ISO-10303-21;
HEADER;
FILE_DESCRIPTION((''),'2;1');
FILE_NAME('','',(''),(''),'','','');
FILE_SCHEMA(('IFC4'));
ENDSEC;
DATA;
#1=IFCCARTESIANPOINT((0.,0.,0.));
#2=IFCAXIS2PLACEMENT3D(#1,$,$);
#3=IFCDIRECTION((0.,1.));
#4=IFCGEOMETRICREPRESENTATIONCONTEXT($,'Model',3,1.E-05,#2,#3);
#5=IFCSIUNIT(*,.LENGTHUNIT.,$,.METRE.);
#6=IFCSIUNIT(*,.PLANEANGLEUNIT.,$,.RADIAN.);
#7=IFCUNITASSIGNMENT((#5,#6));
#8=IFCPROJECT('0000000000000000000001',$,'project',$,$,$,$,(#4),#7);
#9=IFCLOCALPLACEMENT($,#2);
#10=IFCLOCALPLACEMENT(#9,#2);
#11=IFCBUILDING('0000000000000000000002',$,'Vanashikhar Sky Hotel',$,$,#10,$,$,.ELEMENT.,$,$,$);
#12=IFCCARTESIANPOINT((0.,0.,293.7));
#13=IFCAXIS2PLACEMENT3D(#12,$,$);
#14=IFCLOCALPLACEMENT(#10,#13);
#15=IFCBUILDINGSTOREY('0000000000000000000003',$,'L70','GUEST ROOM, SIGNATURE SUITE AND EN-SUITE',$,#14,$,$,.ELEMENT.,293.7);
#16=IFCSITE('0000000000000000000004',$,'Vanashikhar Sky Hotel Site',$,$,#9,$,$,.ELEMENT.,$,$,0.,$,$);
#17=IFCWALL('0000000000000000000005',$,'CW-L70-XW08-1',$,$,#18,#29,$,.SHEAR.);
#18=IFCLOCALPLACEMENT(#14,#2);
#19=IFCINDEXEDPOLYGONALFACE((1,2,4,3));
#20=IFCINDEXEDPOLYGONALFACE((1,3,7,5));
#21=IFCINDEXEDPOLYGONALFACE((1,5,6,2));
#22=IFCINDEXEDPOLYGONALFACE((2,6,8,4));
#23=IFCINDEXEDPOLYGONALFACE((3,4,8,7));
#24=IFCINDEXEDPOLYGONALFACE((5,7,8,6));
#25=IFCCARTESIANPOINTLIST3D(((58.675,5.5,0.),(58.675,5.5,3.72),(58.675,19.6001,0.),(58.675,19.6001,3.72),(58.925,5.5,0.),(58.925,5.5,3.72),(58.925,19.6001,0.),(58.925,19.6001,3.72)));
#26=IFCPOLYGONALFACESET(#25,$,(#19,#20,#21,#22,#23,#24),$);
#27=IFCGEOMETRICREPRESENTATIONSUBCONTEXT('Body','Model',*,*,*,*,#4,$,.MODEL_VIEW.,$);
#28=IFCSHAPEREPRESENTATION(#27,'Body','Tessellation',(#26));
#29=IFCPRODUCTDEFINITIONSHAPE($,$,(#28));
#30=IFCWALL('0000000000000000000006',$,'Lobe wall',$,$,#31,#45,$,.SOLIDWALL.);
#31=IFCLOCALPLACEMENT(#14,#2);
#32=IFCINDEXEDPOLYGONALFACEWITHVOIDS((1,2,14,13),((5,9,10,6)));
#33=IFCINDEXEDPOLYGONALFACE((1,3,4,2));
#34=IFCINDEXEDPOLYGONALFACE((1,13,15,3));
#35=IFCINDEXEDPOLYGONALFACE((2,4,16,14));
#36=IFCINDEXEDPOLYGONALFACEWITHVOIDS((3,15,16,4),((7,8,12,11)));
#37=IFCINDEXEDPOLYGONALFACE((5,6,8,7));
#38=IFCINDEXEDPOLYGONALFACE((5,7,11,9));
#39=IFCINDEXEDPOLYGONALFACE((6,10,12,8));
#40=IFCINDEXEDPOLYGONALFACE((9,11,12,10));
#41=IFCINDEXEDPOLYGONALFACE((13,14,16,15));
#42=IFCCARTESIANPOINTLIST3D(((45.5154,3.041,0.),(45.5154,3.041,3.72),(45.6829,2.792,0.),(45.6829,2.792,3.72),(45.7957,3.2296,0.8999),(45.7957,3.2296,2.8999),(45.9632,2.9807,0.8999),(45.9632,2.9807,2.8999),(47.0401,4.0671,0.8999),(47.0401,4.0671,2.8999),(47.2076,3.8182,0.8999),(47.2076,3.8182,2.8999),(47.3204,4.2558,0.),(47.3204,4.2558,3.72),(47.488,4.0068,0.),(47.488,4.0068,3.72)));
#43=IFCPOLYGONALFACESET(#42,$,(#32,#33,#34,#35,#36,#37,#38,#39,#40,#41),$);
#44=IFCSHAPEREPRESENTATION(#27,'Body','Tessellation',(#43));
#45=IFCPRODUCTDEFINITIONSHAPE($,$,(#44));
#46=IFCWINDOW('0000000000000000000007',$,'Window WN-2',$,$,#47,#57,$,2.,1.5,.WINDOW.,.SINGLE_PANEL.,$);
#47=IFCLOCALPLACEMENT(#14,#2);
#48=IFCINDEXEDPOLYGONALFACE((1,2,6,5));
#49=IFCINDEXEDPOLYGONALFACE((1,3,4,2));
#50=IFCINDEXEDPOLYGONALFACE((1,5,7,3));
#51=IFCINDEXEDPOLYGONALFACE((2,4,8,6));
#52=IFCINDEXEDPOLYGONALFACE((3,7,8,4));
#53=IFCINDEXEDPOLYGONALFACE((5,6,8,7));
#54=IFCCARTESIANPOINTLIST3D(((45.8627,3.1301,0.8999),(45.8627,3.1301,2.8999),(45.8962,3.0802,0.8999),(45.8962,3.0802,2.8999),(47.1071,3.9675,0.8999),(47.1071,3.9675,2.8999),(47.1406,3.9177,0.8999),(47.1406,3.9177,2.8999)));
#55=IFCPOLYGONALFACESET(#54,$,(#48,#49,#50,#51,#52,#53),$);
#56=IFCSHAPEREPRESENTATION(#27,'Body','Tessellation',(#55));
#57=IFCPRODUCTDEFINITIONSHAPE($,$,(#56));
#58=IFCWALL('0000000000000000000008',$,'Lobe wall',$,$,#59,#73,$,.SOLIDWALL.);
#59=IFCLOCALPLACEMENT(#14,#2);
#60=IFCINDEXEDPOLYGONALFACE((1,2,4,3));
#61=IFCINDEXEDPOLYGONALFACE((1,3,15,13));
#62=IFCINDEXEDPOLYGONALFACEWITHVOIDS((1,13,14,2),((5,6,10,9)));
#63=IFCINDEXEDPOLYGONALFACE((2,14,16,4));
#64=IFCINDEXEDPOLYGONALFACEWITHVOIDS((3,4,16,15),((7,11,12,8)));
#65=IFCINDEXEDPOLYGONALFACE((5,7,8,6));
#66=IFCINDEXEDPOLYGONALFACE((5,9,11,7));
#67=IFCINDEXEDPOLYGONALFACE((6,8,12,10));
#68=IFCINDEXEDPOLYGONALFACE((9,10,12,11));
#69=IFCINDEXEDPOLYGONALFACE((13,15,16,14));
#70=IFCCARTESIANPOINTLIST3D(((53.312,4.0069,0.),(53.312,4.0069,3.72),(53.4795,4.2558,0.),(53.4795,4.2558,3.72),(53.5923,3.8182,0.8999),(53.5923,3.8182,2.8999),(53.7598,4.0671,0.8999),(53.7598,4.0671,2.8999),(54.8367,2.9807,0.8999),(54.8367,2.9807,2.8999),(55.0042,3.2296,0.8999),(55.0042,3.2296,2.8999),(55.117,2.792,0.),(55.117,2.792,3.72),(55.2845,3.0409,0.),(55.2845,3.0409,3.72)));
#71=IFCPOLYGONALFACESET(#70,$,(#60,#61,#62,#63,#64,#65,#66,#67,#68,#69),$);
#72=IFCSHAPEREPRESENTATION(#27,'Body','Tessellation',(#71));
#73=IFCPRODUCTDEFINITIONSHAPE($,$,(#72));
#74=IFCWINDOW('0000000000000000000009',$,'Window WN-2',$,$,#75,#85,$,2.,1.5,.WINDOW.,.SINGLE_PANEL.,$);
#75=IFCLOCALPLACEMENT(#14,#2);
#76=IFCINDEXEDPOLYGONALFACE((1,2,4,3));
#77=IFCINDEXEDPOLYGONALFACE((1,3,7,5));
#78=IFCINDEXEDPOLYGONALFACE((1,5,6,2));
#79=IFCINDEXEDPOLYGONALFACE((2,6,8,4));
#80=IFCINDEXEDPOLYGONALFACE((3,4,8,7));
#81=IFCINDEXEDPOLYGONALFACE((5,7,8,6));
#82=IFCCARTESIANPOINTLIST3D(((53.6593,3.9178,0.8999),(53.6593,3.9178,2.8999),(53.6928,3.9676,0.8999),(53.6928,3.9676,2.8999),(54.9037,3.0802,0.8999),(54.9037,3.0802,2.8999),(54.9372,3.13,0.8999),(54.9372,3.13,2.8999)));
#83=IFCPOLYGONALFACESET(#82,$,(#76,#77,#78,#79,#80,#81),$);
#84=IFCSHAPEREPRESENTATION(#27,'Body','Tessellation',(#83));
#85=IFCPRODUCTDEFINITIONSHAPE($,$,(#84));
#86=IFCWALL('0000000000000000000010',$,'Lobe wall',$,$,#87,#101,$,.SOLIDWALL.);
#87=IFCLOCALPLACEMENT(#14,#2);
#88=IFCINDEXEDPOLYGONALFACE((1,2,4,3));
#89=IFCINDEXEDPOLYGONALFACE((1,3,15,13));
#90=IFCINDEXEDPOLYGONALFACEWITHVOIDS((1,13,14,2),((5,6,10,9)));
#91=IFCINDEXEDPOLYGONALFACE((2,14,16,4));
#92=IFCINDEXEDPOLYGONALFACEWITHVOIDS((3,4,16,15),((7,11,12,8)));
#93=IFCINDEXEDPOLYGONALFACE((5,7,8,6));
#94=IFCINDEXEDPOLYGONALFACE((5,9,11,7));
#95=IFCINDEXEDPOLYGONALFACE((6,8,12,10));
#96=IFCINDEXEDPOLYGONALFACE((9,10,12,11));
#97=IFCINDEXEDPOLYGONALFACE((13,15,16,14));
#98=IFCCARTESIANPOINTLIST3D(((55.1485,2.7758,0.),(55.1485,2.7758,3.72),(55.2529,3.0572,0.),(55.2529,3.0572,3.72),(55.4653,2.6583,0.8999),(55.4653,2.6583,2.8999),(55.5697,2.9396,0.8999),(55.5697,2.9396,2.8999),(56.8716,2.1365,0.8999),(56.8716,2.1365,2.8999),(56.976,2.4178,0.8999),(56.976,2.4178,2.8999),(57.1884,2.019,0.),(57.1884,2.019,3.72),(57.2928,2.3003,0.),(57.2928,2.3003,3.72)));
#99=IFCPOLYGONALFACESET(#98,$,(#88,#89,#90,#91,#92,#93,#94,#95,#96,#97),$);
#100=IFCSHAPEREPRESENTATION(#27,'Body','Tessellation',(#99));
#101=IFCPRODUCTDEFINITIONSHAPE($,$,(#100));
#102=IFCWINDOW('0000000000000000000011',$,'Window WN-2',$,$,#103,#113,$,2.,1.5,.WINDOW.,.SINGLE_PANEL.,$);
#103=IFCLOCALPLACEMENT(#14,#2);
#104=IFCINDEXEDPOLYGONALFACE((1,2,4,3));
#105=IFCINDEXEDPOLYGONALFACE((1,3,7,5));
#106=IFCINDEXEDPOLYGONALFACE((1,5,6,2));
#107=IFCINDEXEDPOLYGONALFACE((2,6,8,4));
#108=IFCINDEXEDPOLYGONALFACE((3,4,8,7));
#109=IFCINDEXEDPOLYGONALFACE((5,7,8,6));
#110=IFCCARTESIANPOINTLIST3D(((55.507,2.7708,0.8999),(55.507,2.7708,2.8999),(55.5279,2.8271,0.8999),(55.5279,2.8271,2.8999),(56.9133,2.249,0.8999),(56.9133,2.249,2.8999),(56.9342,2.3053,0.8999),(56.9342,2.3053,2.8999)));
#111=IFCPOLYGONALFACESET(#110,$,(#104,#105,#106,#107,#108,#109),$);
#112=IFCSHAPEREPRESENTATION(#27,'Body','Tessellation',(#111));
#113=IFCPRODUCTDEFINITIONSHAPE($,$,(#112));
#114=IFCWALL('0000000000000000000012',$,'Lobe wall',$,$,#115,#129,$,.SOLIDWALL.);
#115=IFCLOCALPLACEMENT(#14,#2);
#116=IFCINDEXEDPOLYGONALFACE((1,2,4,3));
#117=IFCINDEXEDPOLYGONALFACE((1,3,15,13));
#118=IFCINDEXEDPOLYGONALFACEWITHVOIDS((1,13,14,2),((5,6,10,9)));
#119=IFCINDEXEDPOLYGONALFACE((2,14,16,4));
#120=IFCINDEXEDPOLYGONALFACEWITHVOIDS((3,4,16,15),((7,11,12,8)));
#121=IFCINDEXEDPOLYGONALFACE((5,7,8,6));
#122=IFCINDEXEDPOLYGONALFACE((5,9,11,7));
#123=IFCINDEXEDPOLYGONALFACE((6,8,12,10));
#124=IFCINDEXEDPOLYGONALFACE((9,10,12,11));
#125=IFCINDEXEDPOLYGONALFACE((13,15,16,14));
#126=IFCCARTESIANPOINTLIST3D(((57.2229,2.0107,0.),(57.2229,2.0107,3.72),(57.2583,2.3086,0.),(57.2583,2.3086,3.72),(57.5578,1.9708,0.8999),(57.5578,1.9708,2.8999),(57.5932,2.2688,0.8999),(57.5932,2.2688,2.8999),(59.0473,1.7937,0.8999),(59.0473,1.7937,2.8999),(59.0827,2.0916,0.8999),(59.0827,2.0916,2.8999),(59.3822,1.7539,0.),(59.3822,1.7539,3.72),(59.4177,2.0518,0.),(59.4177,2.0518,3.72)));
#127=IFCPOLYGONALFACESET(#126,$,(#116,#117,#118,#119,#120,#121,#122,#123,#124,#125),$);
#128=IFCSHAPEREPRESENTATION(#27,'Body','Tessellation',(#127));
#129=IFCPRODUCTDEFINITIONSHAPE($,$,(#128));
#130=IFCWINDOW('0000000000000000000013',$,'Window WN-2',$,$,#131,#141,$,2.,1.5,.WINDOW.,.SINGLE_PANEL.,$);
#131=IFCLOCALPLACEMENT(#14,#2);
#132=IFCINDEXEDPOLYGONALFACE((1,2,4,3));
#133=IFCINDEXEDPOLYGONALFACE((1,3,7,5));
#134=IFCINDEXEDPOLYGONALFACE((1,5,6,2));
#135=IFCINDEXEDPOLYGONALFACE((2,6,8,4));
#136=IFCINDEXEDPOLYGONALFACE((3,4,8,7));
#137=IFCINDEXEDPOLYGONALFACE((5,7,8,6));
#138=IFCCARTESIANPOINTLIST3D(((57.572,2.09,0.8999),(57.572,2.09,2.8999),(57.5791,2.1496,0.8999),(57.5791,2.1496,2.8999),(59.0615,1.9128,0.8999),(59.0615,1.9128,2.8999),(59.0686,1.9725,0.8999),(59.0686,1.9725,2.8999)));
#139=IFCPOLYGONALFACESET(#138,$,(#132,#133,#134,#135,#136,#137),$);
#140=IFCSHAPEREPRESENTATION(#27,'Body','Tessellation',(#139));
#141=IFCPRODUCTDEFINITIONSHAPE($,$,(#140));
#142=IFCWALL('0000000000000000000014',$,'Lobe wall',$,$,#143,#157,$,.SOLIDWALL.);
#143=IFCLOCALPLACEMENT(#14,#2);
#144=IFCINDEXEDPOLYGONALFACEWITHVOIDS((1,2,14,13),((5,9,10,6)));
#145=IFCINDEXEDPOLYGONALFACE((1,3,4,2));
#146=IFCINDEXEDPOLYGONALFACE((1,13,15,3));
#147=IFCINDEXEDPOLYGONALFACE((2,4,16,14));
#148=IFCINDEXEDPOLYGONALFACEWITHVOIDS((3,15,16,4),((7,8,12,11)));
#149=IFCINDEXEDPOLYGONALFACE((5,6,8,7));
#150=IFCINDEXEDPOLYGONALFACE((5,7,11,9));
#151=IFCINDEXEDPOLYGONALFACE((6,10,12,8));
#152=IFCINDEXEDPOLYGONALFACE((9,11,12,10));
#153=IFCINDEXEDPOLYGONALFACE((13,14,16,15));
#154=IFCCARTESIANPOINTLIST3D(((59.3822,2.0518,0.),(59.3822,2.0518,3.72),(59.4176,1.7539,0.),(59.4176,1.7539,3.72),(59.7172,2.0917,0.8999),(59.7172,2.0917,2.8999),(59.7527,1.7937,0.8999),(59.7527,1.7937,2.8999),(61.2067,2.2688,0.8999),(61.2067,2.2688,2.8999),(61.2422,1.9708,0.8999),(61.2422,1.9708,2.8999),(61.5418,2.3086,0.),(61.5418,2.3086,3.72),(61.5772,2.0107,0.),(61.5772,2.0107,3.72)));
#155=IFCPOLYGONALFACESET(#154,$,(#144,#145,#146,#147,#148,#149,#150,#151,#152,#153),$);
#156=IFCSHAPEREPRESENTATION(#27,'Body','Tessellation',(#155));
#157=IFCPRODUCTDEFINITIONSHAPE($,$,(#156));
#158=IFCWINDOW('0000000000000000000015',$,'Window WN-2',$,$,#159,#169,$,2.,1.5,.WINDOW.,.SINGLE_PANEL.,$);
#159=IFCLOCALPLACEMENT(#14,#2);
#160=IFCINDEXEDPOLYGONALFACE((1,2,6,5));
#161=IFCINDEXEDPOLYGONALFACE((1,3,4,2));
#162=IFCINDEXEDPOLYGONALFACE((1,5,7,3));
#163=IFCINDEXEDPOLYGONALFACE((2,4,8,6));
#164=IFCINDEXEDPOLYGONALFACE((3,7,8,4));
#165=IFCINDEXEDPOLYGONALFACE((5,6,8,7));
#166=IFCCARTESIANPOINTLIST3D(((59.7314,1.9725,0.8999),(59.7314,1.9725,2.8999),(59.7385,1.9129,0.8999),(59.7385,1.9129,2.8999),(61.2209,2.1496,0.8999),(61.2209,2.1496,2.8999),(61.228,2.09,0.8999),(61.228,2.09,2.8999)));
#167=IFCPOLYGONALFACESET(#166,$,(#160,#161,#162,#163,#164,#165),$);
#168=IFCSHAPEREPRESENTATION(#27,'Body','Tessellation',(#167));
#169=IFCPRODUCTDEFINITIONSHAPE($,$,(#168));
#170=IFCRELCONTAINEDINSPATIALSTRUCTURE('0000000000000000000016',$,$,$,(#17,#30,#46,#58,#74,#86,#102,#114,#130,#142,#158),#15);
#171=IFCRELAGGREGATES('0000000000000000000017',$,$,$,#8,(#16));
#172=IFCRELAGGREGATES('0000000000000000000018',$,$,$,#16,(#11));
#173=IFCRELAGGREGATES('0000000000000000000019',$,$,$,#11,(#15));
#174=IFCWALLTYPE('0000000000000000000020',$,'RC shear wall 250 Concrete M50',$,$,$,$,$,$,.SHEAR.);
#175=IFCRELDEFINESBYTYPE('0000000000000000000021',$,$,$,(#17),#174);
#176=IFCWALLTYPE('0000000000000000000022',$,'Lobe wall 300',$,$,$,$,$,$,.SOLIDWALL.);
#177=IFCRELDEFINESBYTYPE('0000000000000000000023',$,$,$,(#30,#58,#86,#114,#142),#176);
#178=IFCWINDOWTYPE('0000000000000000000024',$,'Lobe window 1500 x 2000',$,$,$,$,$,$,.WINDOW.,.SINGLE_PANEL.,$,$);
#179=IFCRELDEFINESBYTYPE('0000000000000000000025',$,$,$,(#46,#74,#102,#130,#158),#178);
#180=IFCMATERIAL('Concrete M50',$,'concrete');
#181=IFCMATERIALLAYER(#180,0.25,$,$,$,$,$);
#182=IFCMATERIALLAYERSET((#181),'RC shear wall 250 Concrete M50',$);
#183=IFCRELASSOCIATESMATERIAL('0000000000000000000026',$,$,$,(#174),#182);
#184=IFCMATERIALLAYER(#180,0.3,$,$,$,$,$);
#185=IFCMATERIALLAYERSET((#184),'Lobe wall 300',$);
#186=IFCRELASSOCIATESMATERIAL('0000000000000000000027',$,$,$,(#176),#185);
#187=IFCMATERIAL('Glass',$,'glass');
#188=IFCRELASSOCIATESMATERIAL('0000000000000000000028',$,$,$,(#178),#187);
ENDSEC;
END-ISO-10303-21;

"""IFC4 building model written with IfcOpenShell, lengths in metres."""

from ifc_helpers import new_model, si_unit, direction, frame, frame_2d, origin, place, context, subcontext, project, spatial, rectangle, extrude, source, transform, mapped, material, layer, layer_set, type_object, element, fill, save


model = new_model("IFC4")

# Units and contexts
model_context = context("Model", 3, precision=1e-05, world=origin(), true_north=direction((0.0, 1.0)))
body_context = subcontext(model_context, "Body", "Model", "MODEL_VIEW")
ifc_project = project(units=[si_unit("LENGTHUNIT", "METRE"), si_unit("PLANEANGLEUNIT", "RADIAN")], contexts=[model_context])

# Site, building, storey
site_placement = place(None, origin())
site = spatial("IfcSite", under=ifc_project, at=site_placement, Name="Vanashikhar Sky Hotel Site", CompositionType="ELEMENT", RefElevation=0.0)
building_placement = place(site_placement, origin())
building = spatial("IfcBuilding", under=site, at=building_placement, Name="Vanashikhar Sky Hotel", CompositionType="ELEMENT")
storey_placement = place(building_placement, frame((0.0, 0.0, 293.7)))
storey = spatial("IfcBuildingStorey", under=building, at=storey_placement, Name="L70", Description="GUEST ROOM, SIGNATURE SUITE AND EN-SUITE", CompositionType="ELEMENT", Elevation=293.7)

# Wall
ifc_material_1 = material(Name="Concrete M50", Category="concrete")
ifc_layer_1 = layer(ifc_material_1, 0.25)
ifc_layer_set_1 = layer_set([ifc_layer_1], Name="RC shear wall 250 Concrete M50")
wall_type_1 = type_object("IfcWallType", Name="RC shear wall 250 Concrete M50", PredefinedType="SHEAR", material=ifc_layer_set_1)
shared_shape_1 = source(origin(), body_context, "Body", "SweptSolid", [
    extrude(rectangle(XDim=14.1001, YDim=0.25, at=frame_2d((7.05, 0.0))), origin(), (0.0, 0.0, 1.0), 3.72),
])
wall_1_placement = place(storey_placement, frame((58.8, 5.5, 0.0), z_axis=(0.0, 0.0, 1.0), x_axis=(0.0, 1.0, 0.0)))
element("IfcWall", 1, at=wall_1_placement, inside=storey, type_object=wall_type_1, Name="CW-L70-XW08-1", PredefinedType="SHEAR", context=body_context, shape_type="MappedRepresentation", body=[
    mapped(shared_shape_1, transform((0.0, 0.0, 0.0), scale=1.0)),
])

# Walls, openings, windows
ifc_layer_2 = layer(ifc_material_1, 0.3)
ifc_layer_set_2 = layer_set([ifc_layer_2], Name="Lobe wall 300")
wall_type_2 = type_object("IfcWallType", Name="Lobe wall 300", PredefinedType="SOLIDWALL", material=ifc_layer_set_2)
shared_shape_2 = source(origin(), body_context, "Body", "SweptSolid", [
    extrude(rectangle(XDim=2.1758, YDim=0.3, at=frame_2d((1.0879, 0.0))), origin(), (0.0, 0.0, 1.0), 3.72),
])
wall_2_placement = place(storey_placement, frame((45.5991, 2.9165, 0.0), z_axis=(0.0, 0.0, 1.0), x_axis=(0.829626, 0.55832, 0.0)))
wall_2 = element("IfcWall", 2, at=wall_2_placement, inside=storey, type_object=wall_type_2, Name="Lobe wall", PredefinedType="SOLIDWALL", context=body_context, shape_type="MappedRepresentation", body=[
    mapped(shared_shape_2, transform((0.0, 0.0, 0.0), scale=1.0)),
])
shared_shape_3 = source(origin(), body_context, "Body", "SweptSolid", [
    extrude(rectangle(XDim=1.5, YDim=2.0, at=frame_2d((0.75, 1.0))), frame((0.0, 0.1602, 0.0), z_axis=(0.0, -1.0, 0.0), x_axis=(1.0, 0.0, 0.0)), (0.0, 0.0, 1.0), 0.3201),
])
opening_1_placement = place(wall_2_placement, frame((0.3379, 0.0, 0.8999)))
opening_1 = element("IfcOpeningElement", 3, at=opening_1_placement, cuts=wall_2, PredefinedType="OPENING", context=body_context, shape_type="MappedRepresentation", body=[
    mapped(shared_shape_3, transform((0.0, 0.0, 0.0), scale=1.0)),
])
ifc_material_2 = material(Name="Glass", Category="glass")
window_type = type_object("IfcWindowType", Name="Lobe window 1500 x 2000", PartitioningType="SINGLE_PANEL", PredefinedType="WINDOW", material=ifc_material_2)
shared_shape_4 = source(origin(), body_context, "Body", "SweptSolid", [
    extrude(rectangle(XDim=1.5, YDim=2.0, at=frame_2d((0.75, 1.0))), frame((0.0, 0.03, 0.0), z_axis=(0.0, -1.0, 0.0), x_axis=(1.0, 0.0, 0.0)), (0.0, 0.0, 1.0), 0.0601),
])
window_1_placement = place(opening_1_placement, origin())
window_1 = element("IfcWindow", 4, at=window_1_placement, inside=storey, type_object=window_type, Name="Window WN-2", OverallHeight=2.0, OverallWidth=1.5, PartitioningType="SINGLE_PANEL", PredefinedType="WINDOW", context=body_context, shape_type="MappedRepresentation", body=[
    mapped(shared_shape_4, transform((0.0, 0.0, 0.0), scale=1.0)),
])
fill(opening_1, window_1)
wall_3_placement = place(storey_placement, frame((53.3958, 4.1313, 0.0), z_axis=(0.0, 0.0, 1.0), x_axis=(0.829591, -0.558372, 0.0)))
wall_3 = element("IfcWall", 5, at=wall_3_placement, inside=storey, type_object=wall_type_2, Name="Lobe wall", PredefinedType="SOLIDWALL", context=body_context, shape_type="MappedRepresentation", body=[
    mapped(shared_shape_2, transform((0.0, 0.0, 0.0), scale=1.0)),
])
opening_2_placement = place(wall_3_placement, frame((0.3379, 0.0, 0.8999)))
opening_2 = element("IfcOpeningElement", 6, at=opening_2_placement, cuts=wall_3, PredefinedType="OPENING", context=body_context, shape_type="MappedRepresentation", body=[
    mapped(shared_shape_3, transform((0.0, 0.0, 0.0), scale=1.0)),
])
window_2_placement = place(opening_2_placement, origin())
window_2 = element("IfcWindow", 7, at=window_2_placement, inside=storey, type_object=window_type, Name="Window WN-2", OverallHeight=2.0, OverallWidth=1.5, PartitioningType="SINGLE_PANEL", PredefinedType="WINDOW", context=body_context, shape_type="MappedRepresentation", body=[
    mapped(shared_shape_4, transform((0.0, 0.0, 0.0), scale=1.0)),
])
fill(opening_2, window_2)
wall_4_placement = place(storey_placement, frame((55.2007, 2.9165, 0.0), z_axis=(0.0, 0.0, 1.0), x_axis=(0.937546, -0.347863, 0.0)))
wall_4 = element("IfcWall", 8, at=wall_4_placement, inside=storey, type_object=wall_type_2, Name="Lobe wall", PredefinedType="SOLIDWALL", context=body_context, shape_type="MappedRepresentation", body=[
    mapped(shared_shape_2, transform((0.0, 0.0, 0.0), scale=1.0)),
])
opening_3_placement = place(wall_4_placement, frame((0.3379, 0.0, 0.8999)))
opening_3 = element("IfcOpeningElement", 9, at=opening_3_placement, cuts=wall_4, PredefinedType="OPENING", context=body_context, shape_type="MappedRepresentation", body=[
    mapped(shared_shape_3, transform((0.0, 0.0, 0.0), scale=1.0)),
])
window_3_placement = place(opening_3_placement, origin())
window_3 = element("IfcWindow", 10, at=window_3_placement, inside=storey, type_object=window_type, Name="Window WN-2", OverallHeight=2.0, OverallWidth=1.5, PartitioningType="SINGLE_PANEL", PredefinedType="WINDOW", context=body_context, shape_type="MappedRepresentation", body=[
    mapped(shared_shape_4, transform((0.0, 0.0, 0.0), scale=1.0)),
])
fill(opening_3, window_3)
shared_shape_5 = source(origin(), body_context, "Body", "SweptSolid", [
    extrude(rectangle(XDim=2.1746, YDim=0.3, at=frame_2d((1.0874, 0.0))), origin(), (0.0, 0.0, 1.0), 3.72),
])
wall_5_placement = place(storey_placement, frame((57.2405, 2.1597, 0.0), z_axis=(0.0, 0.0, 1.0), x_axis=(0.993001, -0.118105, 0.0)))
wall_5 = element("IfcWall", 11, at=wall_5_placement, inside=storey, type_object=wall_type_2, Name="Lobe wall", PredefinedType="SOLIDWALL", context=body_context, shape_type="MappedRepresentation", body=[
    mapped(shared_shape_5, transform((0.0, 0.0, 0.0), scale=1.0)),
])
opening_4_placement = place(wall_5_placement, frame((0.3374, 0.0, 0.8999)))
opening_4 = element("IfcOpeningElement", 12, at=opening_4_placement, cuts=wall_5, PredefinedType="OPENING", context=body_context, shape_type="MappedRepresentation", body=[
    mapped(shared_shape_3, transform((0.0, 0.0, 0.0), scale=1.0)),
])
window_4_placement = place(opening_4_placement, origin())
window_4 = element("IfcWindow", 13, at=window_4_placement, inside=storey, type_object=window_type, Name="Window WN-2", OverallHeight=2.0, OverallWidth=1.5, PartitioningType="SINGLE_PANEL", PredefinedType="WINDOW", context=body_context, shape_type="MappedRepresentation", body=[
    mapped(shared_shape_4, transform((0.0, 0.0, 0.0), scale=1.0)),
])
fill(opening_4, window_4)
shared_shape_6 = source(origin(), body_context, "Body", "SweptSolid", [
    extrude(rectangle(XDim=2.1748, YDim=0.3, at=frame_2d((1.0874, 0.0))), origin(), (0.0, 0.0, 1.0), 3.72),
])
wall_6_placement = place(storey_placement, frame((59.3999, 1.9028, 0.0), z_axis=(0.0, 0.0, 1.0), x_axis=(0.993003, 0.118092, 0.0)))
wall_6 = element("IfcWall", 14, at=wall_6_placement, inside=storey, type_object=wall_type_2, Name="Lobe wall", PredefinedType="SOLIDWALL", context=body_context, shape_type="MappedRepresentation", body=[
    mapped(shared_shape_6, transform((0.0, 0.0, 0.0), scale=1.0)),
])
opening_5_placement = place(wall_6_placement, frame((0.3374, 0.0, 0.8999)))
opening_5 = element("IfcOpeningElement", 15, at=opening_5_placement, cuts=wall_6, PredefinedType="OPENING", context=body_context, shape_type="MappedRepresentation", body=[
    mapped(shared_shape_3, transform((0.0, 0.0, 0.0), scale=1.0)),
])
window_5_placement = place(opening_5_placement, origin())
window_5 = element("IfcWindow", 16, at=window_5_placement, inside=storey, type_object=window_type, Name="Window WN-2", OverallHeight=2.0, OverallWidth=1.5, PartitioningType="SINGLE_PANEL", PredefinedType="WINDOW", context=body_context, shape_type="MappedRepresentation", body=[
    mapped(shared_shape_4, transform((0.0, 0.0, 0.0), scale=1.0)),
])
fill(opening_5, window_5)

save(model, "model.ifc")
